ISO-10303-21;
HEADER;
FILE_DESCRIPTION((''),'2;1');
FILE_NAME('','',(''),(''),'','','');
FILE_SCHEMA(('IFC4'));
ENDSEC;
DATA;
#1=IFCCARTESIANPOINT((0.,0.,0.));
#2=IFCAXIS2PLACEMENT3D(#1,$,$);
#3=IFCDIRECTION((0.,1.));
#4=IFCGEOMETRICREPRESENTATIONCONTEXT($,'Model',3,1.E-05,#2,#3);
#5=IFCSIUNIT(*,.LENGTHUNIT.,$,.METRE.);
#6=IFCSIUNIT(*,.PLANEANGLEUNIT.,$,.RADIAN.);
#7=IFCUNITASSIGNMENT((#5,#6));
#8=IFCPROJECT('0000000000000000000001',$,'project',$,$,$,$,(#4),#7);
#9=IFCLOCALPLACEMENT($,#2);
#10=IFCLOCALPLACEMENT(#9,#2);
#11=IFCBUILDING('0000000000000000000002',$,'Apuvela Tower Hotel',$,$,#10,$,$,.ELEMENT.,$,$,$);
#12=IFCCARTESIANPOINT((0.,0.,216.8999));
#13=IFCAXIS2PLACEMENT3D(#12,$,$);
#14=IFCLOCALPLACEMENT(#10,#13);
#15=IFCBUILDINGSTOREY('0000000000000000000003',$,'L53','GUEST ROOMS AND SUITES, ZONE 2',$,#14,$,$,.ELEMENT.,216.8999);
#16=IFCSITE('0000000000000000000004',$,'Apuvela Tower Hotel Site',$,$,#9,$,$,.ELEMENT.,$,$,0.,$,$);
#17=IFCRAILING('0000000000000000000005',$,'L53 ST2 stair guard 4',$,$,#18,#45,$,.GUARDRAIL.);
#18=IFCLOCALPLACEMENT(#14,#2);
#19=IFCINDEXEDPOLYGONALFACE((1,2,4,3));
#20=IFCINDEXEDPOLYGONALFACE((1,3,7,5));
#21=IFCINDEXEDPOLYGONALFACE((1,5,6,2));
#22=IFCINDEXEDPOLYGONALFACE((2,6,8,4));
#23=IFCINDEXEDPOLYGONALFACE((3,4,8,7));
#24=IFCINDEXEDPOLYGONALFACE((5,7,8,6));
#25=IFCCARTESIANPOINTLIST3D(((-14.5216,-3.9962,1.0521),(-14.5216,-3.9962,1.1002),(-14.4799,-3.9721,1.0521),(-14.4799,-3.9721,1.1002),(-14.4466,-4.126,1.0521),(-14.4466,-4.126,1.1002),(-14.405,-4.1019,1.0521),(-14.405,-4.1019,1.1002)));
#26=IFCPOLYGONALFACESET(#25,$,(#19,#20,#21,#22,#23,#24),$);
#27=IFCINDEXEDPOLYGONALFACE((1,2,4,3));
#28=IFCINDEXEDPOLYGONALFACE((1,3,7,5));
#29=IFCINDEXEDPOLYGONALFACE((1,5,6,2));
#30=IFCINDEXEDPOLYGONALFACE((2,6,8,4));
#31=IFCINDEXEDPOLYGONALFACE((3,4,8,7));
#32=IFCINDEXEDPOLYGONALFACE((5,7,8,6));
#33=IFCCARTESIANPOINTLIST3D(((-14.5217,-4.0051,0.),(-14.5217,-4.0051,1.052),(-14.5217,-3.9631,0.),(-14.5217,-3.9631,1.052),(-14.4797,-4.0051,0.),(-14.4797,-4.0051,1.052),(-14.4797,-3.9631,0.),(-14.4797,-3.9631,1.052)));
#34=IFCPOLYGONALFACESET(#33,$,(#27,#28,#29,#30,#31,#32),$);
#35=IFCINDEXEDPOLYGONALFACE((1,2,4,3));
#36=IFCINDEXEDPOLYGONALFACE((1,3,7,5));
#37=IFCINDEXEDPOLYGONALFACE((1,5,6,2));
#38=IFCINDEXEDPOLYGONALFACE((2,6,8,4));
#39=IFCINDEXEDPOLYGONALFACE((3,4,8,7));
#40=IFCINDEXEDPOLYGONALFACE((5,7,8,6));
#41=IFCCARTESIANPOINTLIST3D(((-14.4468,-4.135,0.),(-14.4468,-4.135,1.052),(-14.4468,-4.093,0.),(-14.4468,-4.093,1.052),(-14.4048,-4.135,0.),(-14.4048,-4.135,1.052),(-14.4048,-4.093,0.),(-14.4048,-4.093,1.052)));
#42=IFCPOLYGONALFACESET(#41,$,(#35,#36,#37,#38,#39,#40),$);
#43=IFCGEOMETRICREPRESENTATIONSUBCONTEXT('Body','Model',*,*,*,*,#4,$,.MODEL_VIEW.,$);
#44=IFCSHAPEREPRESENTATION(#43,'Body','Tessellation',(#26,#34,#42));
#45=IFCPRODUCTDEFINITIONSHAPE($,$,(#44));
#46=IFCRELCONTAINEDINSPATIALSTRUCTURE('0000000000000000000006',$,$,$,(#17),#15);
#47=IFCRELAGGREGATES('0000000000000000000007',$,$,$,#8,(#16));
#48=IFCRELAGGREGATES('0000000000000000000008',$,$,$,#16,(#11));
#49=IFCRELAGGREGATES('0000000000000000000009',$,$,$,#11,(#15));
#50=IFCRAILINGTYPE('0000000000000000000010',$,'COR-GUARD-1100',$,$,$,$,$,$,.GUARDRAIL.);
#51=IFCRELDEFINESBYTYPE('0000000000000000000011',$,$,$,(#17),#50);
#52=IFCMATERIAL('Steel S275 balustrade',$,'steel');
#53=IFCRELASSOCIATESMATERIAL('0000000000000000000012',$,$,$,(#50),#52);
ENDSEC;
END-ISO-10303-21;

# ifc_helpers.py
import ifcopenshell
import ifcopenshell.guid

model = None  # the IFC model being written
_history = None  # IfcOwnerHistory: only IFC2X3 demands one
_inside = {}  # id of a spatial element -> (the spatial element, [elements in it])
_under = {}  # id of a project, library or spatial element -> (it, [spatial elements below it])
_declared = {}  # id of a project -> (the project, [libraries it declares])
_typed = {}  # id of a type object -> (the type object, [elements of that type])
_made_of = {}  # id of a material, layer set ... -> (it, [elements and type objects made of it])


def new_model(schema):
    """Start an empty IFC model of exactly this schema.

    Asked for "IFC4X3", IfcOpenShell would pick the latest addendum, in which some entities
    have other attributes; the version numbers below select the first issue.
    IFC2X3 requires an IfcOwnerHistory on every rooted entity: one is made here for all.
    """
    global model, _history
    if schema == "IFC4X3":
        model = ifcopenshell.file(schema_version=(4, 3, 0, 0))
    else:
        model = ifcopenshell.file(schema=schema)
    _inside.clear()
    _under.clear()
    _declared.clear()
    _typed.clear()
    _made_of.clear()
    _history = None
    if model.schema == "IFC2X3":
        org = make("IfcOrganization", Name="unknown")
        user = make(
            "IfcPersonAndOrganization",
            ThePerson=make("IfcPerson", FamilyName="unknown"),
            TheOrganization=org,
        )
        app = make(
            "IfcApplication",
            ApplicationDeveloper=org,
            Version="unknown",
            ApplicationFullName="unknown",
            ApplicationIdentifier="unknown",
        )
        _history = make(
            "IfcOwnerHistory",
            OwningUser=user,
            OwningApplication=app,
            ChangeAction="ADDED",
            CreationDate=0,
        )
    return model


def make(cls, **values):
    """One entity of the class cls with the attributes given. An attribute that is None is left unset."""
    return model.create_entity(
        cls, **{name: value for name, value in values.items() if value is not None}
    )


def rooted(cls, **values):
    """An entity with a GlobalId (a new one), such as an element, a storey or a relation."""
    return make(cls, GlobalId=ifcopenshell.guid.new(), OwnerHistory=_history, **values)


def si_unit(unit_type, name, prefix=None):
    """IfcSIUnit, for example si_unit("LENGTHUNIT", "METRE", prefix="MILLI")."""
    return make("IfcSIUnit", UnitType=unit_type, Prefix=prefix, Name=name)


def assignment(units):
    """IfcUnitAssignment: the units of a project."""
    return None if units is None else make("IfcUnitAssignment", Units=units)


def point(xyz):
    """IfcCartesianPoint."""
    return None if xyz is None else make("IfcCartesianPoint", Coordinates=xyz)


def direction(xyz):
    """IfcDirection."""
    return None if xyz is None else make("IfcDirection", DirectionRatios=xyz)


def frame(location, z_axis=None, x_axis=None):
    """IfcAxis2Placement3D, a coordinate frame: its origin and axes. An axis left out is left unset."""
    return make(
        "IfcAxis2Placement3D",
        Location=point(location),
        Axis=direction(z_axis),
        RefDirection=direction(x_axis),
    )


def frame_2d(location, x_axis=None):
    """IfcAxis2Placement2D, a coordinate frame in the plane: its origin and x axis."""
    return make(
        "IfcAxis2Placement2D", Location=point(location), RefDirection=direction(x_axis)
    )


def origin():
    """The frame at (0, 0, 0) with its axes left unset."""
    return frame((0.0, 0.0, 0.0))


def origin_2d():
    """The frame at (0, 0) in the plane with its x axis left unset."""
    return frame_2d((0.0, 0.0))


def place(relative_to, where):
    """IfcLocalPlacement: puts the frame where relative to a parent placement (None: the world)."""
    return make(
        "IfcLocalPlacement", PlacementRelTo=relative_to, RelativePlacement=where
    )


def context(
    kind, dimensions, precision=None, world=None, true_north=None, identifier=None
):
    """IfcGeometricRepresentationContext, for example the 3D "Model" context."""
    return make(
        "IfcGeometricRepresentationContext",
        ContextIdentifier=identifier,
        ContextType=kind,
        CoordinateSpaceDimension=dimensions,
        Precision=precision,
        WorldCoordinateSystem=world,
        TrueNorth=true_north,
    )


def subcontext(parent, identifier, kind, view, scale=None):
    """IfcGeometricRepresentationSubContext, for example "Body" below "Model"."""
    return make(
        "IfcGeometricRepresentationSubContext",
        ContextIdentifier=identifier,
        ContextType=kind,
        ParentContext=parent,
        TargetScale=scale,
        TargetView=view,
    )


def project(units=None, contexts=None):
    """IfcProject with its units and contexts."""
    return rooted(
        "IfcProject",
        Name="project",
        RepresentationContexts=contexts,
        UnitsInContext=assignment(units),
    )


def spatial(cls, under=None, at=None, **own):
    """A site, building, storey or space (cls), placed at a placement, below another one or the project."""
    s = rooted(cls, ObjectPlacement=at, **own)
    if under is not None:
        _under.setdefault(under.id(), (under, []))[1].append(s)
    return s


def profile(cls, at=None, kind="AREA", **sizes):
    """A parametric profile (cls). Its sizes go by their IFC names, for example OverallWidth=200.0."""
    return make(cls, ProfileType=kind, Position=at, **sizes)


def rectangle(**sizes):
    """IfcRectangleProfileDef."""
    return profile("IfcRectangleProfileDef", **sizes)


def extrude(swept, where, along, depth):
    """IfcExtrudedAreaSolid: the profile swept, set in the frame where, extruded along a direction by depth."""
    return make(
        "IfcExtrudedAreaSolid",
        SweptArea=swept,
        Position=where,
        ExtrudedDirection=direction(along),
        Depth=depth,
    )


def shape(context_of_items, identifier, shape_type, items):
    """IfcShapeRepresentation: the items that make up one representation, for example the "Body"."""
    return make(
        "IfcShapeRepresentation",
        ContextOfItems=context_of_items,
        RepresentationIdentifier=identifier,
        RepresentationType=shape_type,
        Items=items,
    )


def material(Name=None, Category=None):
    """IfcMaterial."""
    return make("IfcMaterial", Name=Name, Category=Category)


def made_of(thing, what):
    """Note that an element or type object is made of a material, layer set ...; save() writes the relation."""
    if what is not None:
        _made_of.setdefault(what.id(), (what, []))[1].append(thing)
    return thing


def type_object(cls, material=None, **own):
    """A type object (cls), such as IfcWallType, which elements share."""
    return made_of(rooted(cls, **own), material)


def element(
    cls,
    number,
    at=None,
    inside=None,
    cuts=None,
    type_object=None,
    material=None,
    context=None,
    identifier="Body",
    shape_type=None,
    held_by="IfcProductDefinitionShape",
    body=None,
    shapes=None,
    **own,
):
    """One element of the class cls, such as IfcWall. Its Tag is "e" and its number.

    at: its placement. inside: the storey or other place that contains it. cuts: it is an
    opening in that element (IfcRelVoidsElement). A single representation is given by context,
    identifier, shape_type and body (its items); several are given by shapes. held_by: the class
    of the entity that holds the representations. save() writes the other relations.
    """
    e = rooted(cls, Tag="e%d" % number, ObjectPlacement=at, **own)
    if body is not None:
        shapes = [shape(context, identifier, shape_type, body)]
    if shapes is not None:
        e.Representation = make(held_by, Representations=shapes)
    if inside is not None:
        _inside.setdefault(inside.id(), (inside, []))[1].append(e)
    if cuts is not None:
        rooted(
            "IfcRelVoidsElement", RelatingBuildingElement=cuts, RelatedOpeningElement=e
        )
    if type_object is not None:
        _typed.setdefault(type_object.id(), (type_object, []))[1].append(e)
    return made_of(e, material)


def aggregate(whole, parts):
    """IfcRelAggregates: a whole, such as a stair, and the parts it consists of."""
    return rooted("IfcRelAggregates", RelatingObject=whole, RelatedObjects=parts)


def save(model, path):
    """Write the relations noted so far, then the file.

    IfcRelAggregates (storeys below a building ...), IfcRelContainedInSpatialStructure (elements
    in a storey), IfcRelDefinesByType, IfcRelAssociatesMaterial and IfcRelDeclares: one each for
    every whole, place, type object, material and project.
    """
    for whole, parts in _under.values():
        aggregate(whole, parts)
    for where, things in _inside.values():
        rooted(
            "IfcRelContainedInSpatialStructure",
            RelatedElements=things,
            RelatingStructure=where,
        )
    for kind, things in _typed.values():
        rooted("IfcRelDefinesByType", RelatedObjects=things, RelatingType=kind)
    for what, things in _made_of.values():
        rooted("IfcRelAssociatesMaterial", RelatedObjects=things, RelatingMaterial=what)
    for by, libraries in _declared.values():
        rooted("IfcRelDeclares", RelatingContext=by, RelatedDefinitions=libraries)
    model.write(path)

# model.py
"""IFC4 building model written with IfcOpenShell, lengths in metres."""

from ifc_helpers import new_model, si_unit, direction, frame, origin, origin_2d, place, context, subcontext, project, spatial, rectangle, extrude, material, type_object, element, save


model = new_model("IFC4")

# Units and contexts
model_context = context("Model", 3, precision=1e-05, world=origin(), true_north=direction((0.0, 1.0)))
body_context = subcontext(model_context, "Body", "Model", "MODEL_VIEW")
ifc_project = project(units=[si_unit("LENGTHUNIT", "METRE"), si_unit("PLANEANGLEUNIT", "RADIAN")], contexts=[model_context])

# Site, building, storey
site_placement = place(None, origin())
site = spatial("IfcSite", under=ifc_project, at=site_placement, Name="Apuvela Tower Hotel Site", CompositionType="ELEMENT", RefElevation=0.0)
building_placement = place(site_placement, origin())
building = spatial("IfcBuilding", under=site, at=building_placement, Name="Apuvela Tower Hotel", CompositionType="ELEMENT")
storey_placement = place(building_placement, frame((0.0, 0.0, 216.8999)))
storey = spatial("IfcBuildingStorey", under=building, at=storey_placement, Name="L53", Description="GUEST ROOMS AND SUITES, ZONE 2", CompositionType="ELEMENT", Elevation=216.8999)

# Railing
ifc_material_1 = material(Name="Steel S275 balustrade", Category="steel")
railing_type = type_object("IfcRailingType", Name="COR-GUARD-1100", PredefinedType="GUARDRAIL", material=ifc_material_1)
railing_1_placement = place(storey_placement, frame((-14.5007, -3.9841, 0.0)))
element("IfcRailing", 1, at=railing_1_placement, inside=storey, type_object=railing_type, Name="L53 ST2 stair guard 4", PredefinedType="GUARDRAIL", context=body_context, shape_type="SweptSolid", body=[
    extrude(rectangle(XDim=0.0481, YDim=0.0481, at=origin_2d()), frame((0.0, 0.0, 1.0762), z_axis=(0.499816, -0.866131, 0.0), x_axis=(0.866131, 0.499816, 0.0)), (0.0, 0.0, 1.0), 0.1499),
    extrude(rectangle(XDim=0.042, YDim=0.042, at=origin_2d()), origin(), (0.0, 0.0, 1.0), 1.052),
    extrude(rectangle(XDim=0.042, YDim=0.042, at=origin_2d()), frame((0.075, -0.1299, 0.0)), (0.0, 0.0, 1.0), 1.052),
])

save(model, "model.ifc")
